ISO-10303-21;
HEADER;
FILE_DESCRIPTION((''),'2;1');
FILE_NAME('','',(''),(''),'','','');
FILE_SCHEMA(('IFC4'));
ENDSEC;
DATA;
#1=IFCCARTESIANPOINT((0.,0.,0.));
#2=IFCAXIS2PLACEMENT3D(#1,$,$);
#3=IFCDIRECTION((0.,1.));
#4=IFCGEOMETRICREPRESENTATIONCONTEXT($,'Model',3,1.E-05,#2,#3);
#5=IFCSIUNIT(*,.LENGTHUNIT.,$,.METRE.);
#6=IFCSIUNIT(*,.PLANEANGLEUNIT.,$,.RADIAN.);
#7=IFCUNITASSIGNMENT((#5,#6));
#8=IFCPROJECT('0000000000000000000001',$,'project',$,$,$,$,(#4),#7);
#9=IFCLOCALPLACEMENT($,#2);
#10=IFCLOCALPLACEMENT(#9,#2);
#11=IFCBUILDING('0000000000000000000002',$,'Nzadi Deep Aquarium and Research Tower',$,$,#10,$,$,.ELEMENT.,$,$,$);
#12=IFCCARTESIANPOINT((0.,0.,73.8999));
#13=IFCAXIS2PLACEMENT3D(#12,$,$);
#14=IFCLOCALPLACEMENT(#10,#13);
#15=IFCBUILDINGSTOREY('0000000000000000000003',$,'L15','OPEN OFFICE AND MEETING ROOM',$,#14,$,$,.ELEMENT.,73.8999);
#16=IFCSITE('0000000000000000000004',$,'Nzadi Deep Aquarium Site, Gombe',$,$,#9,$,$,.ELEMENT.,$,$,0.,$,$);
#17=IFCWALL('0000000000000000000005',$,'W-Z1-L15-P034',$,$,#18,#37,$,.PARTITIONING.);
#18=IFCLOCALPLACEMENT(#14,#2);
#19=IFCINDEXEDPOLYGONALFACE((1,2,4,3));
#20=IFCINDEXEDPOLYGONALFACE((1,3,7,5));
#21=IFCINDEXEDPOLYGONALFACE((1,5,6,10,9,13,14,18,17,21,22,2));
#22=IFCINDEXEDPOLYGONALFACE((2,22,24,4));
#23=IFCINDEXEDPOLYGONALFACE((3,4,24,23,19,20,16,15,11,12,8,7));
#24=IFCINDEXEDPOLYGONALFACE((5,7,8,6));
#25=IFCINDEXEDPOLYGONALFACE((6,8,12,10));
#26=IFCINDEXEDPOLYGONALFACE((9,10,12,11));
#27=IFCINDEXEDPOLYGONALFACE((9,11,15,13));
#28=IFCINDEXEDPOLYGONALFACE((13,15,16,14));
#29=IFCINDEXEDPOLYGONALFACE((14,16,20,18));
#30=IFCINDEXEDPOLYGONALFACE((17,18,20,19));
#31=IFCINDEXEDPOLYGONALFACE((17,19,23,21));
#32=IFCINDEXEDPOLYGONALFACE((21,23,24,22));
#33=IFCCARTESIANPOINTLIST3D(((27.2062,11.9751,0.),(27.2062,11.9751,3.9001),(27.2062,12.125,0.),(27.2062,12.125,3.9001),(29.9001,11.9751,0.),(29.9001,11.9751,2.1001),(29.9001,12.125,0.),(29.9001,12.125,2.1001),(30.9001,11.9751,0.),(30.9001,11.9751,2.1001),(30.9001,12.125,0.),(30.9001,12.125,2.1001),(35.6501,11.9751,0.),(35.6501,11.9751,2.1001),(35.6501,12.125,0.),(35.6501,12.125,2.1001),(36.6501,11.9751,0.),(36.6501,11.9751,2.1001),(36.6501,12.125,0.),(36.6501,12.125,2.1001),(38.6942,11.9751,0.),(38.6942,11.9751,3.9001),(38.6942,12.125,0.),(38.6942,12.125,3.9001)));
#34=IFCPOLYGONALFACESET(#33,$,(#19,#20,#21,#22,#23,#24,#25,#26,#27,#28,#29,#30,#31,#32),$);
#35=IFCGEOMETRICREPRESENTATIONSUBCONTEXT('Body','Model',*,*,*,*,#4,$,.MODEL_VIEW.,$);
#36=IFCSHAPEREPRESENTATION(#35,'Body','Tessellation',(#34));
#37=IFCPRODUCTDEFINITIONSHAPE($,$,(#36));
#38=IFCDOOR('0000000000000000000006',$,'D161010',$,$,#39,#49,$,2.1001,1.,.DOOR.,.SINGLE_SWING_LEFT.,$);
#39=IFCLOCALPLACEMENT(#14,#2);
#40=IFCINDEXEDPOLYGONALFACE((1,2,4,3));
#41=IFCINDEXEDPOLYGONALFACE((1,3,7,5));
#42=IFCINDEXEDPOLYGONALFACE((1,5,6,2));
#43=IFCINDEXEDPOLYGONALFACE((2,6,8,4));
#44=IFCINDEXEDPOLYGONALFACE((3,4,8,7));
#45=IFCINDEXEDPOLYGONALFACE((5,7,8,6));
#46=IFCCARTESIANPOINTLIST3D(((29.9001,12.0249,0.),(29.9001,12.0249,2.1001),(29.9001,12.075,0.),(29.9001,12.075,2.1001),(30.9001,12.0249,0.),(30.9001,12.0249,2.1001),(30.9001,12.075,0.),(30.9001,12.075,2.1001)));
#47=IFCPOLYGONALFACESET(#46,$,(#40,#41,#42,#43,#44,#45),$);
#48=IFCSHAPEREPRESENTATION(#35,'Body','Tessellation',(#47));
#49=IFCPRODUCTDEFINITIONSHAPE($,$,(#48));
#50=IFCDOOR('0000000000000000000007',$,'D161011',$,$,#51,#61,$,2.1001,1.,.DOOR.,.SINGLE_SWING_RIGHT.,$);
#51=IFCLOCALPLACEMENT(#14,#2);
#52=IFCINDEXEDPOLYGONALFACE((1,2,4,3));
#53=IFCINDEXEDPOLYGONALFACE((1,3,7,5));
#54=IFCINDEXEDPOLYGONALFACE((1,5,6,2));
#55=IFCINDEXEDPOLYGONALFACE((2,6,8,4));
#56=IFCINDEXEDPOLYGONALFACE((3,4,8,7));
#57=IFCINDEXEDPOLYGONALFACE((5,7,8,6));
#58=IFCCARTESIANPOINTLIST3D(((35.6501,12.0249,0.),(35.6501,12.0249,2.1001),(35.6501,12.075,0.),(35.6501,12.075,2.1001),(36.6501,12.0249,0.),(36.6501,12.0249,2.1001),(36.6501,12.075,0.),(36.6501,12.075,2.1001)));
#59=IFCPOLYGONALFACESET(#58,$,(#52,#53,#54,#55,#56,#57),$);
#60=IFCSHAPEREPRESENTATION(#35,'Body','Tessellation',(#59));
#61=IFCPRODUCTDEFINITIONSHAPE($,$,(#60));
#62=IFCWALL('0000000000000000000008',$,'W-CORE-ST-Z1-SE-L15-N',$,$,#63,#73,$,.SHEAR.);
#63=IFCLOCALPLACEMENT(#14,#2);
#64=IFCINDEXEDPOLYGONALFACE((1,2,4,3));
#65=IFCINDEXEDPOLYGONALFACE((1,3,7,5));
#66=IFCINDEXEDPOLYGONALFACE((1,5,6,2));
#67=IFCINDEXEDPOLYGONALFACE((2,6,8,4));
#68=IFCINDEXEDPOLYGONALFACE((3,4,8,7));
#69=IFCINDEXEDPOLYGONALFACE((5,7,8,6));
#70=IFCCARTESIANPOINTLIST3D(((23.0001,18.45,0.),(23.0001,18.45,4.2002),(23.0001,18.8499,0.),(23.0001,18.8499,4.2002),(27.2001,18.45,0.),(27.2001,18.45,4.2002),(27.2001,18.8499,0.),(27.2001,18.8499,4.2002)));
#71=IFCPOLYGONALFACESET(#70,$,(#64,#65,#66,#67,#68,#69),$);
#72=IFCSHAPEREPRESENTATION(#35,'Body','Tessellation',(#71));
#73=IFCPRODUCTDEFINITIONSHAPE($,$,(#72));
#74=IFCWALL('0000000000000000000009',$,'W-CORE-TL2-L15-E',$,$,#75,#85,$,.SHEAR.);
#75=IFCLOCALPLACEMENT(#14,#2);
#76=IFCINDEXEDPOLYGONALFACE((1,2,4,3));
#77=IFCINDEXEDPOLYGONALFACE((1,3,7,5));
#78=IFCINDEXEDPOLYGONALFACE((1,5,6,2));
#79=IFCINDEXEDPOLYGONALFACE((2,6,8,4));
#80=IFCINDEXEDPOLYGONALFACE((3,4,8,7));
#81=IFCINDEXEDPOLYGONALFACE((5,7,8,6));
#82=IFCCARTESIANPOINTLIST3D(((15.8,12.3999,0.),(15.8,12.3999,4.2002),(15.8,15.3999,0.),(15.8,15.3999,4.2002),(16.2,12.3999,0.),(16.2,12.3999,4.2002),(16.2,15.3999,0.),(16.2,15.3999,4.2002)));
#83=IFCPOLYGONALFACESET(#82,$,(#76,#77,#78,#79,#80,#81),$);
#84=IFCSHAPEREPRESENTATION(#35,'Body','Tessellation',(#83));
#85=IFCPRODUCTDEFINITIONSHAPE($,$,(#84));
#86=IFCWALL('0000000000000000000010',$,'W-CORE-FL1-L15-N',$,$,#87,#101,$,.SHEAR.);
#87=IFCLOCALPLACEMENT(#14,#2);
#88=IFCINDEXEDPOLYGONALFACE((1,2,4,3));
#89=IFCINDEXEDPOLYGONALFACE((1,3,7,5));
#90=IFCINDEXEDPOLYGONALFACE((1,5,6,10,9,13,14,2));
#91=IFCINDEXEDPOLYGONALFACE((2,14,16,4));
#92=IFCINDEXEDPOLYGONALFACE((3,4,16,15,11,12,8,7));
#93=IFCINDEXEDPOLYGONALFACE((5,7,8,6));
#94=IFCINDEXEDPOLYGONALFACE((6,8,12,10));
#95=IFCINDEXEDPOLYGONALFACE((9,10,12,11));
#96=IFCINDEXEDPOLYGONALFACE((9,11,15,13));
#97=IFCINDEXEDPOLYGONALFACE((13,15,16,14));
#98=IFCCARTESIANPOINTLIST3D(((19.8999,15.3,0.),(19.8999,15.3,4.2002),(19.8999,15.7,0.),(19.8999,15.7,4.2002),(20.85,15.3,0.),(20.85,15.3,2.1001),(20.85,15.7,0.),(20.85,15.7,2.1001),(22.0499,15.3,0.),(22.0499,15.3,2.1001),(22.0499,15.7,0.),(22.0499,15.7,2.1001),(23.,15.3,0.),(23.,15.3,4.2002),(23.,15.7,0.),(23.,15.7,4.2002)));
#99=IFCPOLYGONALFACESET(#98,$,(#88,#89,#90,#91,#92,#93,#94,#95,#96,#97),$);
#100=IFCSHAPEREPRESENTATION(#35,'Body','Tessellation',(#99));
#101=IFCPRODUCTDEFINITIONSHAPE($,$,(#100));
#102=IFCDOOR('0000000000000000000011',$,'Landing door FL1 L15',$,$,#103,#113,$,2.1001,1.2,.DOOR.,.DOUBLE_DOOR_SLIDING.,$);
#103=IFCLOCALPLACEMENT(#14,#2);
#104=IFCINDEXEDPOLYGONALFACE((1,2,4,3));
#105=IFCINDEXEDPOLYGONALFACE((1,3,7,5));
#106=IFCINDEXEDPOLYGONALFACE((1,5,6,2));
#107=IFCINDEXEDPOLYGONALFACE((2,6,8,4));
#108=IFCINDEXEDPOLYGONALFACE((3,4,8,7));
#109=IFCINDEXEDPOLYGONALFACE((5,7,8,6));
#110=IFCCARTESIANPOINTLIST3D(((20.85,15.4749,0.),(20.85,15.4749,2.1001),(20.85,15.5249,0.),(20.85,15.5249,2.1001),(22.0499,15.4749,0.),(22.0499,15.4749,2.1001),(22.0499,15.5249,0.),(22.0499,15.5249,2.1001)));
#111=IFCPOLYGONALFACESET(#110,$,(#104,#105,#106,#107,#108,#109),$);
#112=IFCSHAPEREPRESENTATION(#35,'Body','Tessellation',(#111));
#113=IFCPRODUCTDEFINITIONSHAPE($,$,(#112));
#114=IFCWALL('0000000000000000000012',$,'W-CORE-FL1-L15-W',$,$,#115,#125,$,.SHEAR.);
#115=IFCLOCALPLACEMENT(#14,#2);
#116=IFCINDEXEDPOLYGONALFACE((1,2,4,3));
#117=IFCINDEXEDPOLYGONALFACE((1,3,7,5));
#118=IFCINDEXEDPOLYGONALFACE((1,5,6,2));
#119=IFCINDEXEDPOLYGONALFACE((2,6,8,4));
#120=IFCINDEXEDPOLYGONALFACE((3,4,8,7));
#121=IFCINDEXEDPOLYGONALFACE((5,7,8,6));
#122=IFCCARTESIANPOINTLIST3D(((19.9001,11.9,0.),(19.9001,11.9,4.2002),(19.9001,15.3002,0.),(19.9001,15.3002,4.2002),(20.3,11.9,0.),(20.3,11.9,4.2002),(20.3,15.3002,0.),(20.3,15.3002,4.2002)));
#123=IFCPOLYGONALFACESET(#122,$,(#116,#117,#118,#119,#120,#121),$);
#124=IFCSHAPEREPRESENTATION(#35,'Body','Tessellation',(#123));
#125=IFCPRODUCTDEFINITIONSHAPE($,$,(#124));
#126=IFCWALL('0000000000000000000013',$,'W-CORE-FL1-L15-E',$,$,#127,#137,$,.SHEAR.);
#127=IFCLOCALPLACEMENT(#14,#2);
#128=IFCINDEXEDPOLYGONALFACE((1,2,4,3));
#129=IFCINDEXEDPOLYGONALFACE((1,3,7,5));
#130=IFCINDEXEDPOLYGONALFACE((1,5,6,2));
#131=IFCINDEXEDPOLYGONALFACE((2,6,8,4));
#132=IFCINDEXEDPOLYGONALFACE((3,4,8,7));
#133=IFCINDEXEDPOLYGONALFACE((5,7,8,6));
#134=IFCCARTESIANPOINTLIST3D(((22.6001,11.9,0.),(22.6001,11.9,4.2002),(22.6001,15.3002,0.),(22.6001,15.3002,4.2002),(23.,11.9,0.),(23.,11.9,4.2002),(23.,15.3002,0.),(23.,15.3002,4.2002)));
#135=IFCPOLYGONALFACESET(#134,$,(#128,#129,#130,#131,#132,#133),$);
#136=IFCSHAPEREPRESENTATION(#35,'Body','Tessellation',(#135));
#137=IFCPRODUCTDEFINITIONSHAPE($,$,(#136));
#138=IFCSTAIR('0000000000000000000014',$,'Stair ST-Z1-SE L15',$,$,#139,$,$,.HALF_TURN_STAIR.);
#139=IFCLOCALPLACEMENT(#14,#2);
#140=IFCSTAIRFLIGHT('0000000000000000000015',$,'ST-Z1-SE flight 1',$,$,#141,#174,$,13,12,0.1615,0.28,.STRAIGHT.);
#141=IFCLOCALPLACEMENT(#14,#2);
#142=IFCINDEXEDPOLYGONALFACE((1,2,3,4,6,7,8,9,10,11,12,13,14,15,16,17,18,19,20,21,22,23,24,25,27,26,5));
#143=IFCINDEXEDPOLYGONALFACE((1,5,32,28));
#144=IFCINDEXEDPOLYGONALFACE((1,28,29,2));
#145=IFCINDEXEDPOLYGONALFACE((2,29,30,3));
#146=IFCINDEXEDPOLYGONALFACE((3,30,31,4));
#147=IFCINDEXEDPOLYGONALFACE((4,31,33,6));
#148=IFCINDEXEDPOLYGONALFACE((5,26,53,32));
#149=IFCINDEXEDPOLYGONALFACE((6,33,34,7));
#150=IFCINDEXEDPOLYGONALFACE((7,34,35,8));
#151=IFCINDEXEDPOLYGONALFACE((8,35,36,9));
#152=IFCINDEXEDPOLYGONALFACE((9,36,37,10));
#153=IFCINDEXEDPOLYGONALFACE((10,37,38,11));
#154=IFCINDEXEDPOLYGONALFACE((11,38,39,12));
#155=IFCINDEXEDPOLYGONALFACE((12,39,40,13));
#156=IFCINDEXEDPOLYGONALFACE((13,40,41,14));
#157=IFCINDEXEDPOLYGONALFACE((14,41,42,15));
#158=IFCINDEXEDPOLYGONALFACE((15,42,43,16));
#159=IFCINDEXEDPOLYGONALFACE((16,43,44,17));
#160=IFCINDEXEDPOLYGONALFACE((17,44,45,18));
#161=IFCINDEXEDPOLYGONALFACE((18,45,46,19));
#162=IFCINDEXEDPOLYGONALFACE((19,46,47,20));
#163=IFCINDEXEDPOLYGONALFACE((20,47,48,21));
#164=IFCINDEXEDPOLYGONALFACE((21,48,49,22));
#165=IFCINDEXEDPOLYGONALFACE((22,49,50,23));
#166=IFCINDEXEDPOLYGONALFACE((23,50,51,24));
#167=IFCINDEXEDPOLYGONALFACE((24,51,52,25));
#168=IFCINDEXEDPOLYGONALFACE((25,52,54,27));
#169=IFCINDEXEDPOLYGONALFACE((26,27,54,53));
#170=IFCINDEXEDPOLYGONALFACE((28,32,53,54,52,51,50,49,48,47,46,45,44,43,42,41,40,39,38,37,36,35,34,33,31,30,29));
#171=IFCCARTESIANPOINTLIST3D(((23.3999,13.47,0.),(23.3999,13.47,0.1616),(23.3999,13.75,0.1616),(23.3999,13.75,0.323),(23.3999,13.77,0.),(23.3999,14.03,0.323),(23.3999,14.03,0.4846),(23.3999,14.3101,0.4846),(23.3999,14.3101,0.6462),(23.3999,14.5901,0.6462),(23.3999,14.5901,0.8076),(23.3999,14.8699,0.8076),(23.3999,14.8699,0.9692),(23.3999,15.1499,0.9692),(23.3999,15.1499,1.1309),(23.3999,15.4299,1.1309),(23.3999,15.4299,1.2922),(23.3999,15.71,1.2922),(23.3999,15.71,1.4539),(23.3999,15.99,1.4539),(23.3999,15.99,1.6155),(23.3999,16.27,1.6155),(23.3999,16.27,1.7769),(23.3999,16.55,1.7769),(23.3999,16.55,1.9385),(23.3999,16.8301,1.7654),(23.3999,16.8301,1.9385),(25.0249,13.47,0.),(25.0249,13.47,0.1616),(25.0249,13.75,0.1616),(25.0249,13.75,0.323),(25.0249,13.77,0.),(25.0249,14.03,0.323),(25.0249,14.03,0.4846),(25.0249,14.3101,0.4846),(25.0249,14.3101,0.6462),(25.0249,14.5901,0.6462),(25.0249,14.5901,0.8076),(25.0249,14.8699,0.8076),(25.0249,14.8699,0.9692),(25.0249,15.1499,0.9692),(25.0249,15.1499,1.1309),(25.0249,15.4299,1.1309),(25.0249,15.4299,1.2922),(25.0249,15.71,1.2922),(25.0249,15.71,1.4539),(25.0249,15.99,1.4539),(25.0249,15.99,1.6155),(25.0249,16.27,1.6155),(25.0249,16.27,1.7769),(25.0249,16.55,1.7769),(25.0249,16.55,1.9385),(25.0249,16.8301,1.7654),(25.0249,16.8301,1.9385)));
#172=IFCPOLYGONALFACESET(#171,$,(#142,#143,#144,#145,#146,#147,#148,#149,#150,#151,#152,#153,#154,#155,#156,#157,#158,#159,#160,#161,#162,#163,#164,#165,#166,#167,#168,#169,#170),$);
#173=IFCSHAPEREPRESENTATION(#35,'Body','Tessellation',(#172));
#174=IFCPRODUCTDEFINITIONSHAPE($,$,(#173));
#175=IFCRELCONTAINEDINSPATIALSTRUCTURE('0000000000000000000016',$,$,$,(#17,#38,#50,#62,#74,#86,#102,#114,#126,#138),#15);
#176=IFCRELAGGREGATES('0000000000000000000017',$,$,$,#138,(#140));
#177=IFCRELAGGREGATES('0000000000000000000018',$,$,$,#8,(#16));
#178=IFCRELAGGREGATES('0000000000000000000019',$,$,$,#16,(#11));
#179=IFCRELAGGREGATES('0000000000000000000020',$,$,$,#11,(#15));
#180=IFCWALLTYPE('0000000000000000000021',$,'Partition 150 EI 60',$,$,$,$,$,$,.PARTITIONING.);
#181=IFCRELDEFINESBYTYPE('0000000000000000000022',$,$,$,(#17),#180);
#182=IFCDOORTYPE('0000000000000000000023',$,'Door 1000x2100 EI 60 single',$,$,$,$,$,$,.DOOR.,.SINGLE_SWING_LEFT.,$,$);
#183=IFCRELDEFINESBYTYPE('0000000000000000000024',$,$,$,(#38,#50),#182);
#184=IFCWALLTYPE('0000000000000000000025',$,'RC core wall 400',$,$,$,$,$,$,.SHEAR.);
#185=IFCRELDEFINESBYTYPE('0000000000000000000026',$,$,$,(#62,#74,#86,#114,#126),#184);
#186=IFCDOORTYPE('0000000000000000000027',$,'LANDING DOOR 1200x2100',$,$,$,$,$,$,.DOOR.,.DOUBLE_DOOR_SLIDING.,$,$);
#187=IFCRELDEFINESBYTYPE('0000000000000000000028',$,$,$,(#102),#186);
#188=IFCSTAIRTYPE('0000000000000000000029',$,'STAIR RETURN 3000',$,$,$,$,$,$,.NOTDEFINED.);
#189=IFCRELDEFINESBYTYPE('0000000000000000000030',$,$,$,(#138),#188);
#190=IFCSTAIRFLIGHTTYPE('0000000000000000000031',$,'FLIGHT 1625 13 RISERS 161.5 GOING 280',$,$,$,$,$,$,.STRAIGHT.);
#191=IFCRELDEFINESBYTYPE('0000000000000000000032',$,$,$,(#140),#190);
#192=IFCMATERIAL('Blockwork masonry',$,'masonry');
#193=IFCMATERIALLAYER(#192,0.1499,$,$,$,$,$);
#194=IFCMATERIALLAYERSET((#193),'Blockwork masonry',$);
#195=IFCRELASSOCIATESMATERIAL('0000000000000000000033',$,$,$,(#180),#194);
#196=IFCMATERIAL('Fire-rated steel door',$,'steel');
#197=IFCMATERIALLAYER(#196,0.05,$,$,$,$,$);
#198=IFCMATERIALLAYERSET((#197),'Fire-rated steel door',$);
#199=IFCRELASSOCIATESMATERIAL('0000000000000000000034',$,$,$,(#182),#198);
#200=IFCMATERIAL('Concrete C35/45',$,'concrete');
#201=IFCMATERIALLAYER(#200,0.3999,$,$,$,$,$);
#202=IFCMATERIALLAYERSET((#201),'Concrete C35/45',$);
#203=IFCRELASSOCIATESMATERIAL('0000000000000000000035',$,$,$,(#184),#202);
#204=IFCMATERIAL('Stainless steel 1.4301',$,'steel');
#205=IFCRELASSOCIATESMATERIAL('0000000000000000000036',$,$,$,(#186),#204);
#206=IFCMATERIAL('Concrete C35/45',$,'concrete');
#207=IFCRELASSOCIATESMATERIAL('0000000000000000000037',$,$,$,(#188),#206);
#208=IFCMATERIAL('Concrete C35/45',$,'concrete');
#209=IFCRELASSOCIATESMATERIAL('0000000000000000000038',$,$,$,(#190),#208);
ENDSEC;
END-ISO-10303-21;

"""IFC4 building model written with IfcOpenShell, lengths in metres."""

from ifc_helpers import new_model, si_unit, direction, frame, frame_2d, origin, place, context, subcontext, project, spatial, polyline, rectangle, outline, extrude, material, layer, layer_set, type_object, element, fill, aggregate, save


model = new_model("IFC4")

# Units and contexts
model_context = context("Model", 3, precision=1e-05, world=origin(), true_north=direction((0.0, 1.0)))
body_context = subcontext(model_context, "Body", "Model", "MODEL_VIEW")
ifc_project = project(units=[si_unit("LENGTHUNIT", "METRE"), si_unit("PLANEANGLEUNIT", "RADIAN")], contexts=[model_context])

# Site, building, storey
site_placement = place(None, origin())
site = spatial("IfcSite", under=ifc_project, at=site_placement, Name="Nzadi Deep Aquarium Site, Gombe", CompositionType="ELEMENT", RefElevation=0.0)
building_placement = place(site_placement, origin())
building = spatial("IfcBuilding", under=site, at=building_placement, Name="Nzadi Deep Aquarium and Research Tower", CompositionType="ELEMENT")
storey_placement = place(building_placement, frame((0.0, 0.0, 73.8999)))
storey = spatial("IfcBuildingStorey", under=building, at=storey_placement, Name="L15", Description="OPEN OFFICE AND MEETING ROOM", CompositionType="ELEMENT", Elevation=73.8999)

# Wall, openings, doors
ifc_material_1 = material(Name="Blockwork masonry", Category="masonry")
ifc_layer_1 = layer(ifc_material_1, 0.1499)
ifc_layer_set_1 = layer_set([ifc_layer_1], Name="Blockwork masonry")
wall_type_1 = type_object("IfcWallType", Name="Partition 150 EI 60", PredefinedType="PARTITIONING", material=ifc_layer_set_1)
wall_1_placement = place(storey_placement, frame((27.2061, 12.05, 0.0), z_axis=(0.0, 0.0, 1.0), x_axis=(1.0, 0.0, 0.0)))
wall_1 = element("IfcWall", 1, at=wall_1_placement, inside=storey, type_object=wall_type_1, Name="W-Z1-L15-P034", PredefinedType="PARTITIONING", context=body_context, shape_type="SweptSolid", body=[
    extrude(rectangle(XDim=11.488, YDim=0.1499, at=frame_2d((5.7441, 0.0))), origin(), (0.0, 0.0, 1.0), 3.9001),
])
opening_1_placement = place(wall_1_placement, frame((2.6941, 0.0, 0.0)))
opening_1 = element("IfcOpeningElement", 2, at=opening_1_placement, cuts=wall_1, PredefinedType="OPENING", context=body_context, shape_type="SweptSolid", body=[
    extrude(rectangle(XDim=1.0, YDim=2.1001, at=frame_2d((0.5, 1.05))), frame((0.0, 0.085, 0.0), z_axis=(0.0, -1.0, 0.0), x_axis=(1.0, 0.0, 0.0)), (0.0, 0.0, 1.0), 0.1699),
])
opening_2_placement = place(wall_1_placement, frame((8.4441, 0.0, 0.0)))
opening_2 = element("IfcOpeningElement", 3, at=opening_2_placement, cuts=wall_1, PredefinedType="OPENING", context=body_context, shape_type="SweptSolid", body=[
    extrude(rectangle(XDim=1.0, YDim=2.1001, at=frame_2d((0.5, 1.05))), frame((0.0, 0.085, 0.0), z_axis=(0.0, -1.0, 0.0), x_axis=(1.0, 0.0, 0.0)), (0.0, 0.0, 1.0), 0.1699),
])
ifc_material_2 = material(Name="Fire-rated steel door", Category="steel")
ifc_layer_2 = layer(ifc_material_2, 0.05)
ifc_layer_set_2 = layer_set([ifc_layer_2], Name="Fire-rated steel door")
door_type_1 = type_object("IfcDoorType", Name="Door 1000x2100 EI 60 single", OperationType="SINGLE_SWING_LEFT", PredefinedType="DOOR", material=ifc_layer_set_2)
door_1_placement = place(opening_1_placement, origin())
door_1 = element("IfcDoor", 4, at=door_1_placement, inside=storey, type_object=door_type_1, Name="D161010", OperationType="SINGLE_SWING_LEFT", OverallHeight=2.1001, OverallWidth=1.0, PredefinedType="DOOR", context=body_context, shape_type="SweptSolid", body=[
    extrude(rectangle(XDim=1.0, YDim=2.1001, at=frame_2d((0.5, 1.05))), frame((0.0, 0.0249, 0.0), z_axis=(0.0, -1.0, 0.0), x_axis=(1.0, 0.0, 0.0)), (0.0, 0.0, 1.0), 0.05),
])
fill(opening_1, door_1)
door_2_placement = place(opening_2_placement, origin())
door_2 = element("IfcDoor", 5, at=door_2_placement, inside=storey, type_object=door_type_1, Name="D161011", OperationType="SINGLE_SWING_RIGHT", OverallHeight=2.1001, OverallWidth=1.0, PredefinedType="DOOR", context=body_context, shape_type="SweptSolid", body=[
    extrude(rectangle(XDim=1.0, YDim=2.1001, at=frame_2d((0.5, 1.05))), frame((0.0, 0.0249, 0.0), z_axis=(0.0, -1.0, 0.0), x_axis=(1.0, 0.0, 0.0)), (0.0, 0.0, 1.0), 0.05),
])
fill(opening_2, door_2)

# Walls
ifc_material_3 = material(Name="Concrete C35/45", Category="concrete")
ifc_layer_3 = layer(ifc_material_3, 0.3999)
ifc_layer_set_3 = layer_set([ifc_layer_3], Name="Concrete C35/45")
wall_type_2 = type_object("IfcWallType", Name="RC core wall 400", PredefinedType="SHEAR", material=ifc_layer_set_3)
wall_2_placement = place(storey_placement, frame((23.0, 18.6499, 0.0), z_axis=(0.0, 0.0, 1.0), x_axis=(1.0, 0.0, 0.0)))
element("IfcWall", 6, at=wall_2_placement, inside=storey, type_object=wall_type_2, Name="W-CORE-ST-Z1-SE-L15-N", PredefinedType="SHEAR", context=body_context, shape_type="SweptSolid", body=[
    extrude(rectangle(XDim=4.2, YDim=0.3999, at=frame_2d((2.1001, 0.0))), origin(), (0.0, 0.0, 1.0), 4.2002),
])
wall_3_placement = place(storey_placement, frame((16.0, 12.3999, 0.0), z_axis=(0.0, 0.0, 1.0), x_axis=(0.0, 1.0, 0.0)))
element("IfcWall", 7, at=wall_3_placement, inside=storey, type_object=wall_type_2, Name="W-CORE-TL2-L15-E", PredefinedType="SHEAR", context=body_context, shape_type="SweptSolid", body=[
    extrude(rectangle(XDim=3.0, YDim=0.3999, at=frame_2d((1.5, 0.0))), origin(), (0.0, 0.0, 1.0), 4.2002),
])

# Wall, opening, door
wall_4_placement = place(storey_placement, frame((19.8999, 15.5, 0.0), z_axis=(0.0, 0.0, 1.0), x_axis=(1.0, 0.0, 0.0)))
wall_4 = element("IfcWall", 8, at=wall_4_placement, inside=storey, type_object=wall_type_2, Name="W-CORE-FL1-L15-N", PredefinedType="SHEAR", context=body_context, shape_type="SweptSolid", body=[
    extrude(rectangle(XDim=3.1001, YDim=0.3999, at=frame_2d((1.55, 0.0))), origin(), (0.0, 0.0, 1.0), 4.2002),
])
opening_3_placement = place(wall_4_placement, frame((0.95, 0.0, 0.0)))
opening_3 = element("IfcOpeningElement", 9, at=opening_3_placement, cuts=wall_4, PredefinedType="OPENING", context=body_context, shape_type="SweptSolid", body=[
    extrude(rectangle(XDim=1.2, YDim=2.1001, at=frame_2d((0.6001, 1.05))), frame((0.0, 0.21, 0.0), z_axis=(0.0, -1.0, 0.0), x_axis=(1.0, 0.0, 0.0)), (0.0, 0.0, 1.0), 0.4199),
])
ifc_material_4 = material(Name="Stainless steel 1.4301", Category="steel")
door_type_2 = type_object("IfcDoorType", Name="LANDING DOOR 1200x2100", OperationType="DOUBLE_DOOR_SLIDING", PredefinedType="DOOR", material=ifc_material_4)
door_3_placement = place(opening_3_placement, origin())
door_3 = element("IfcDoor", 10, at=door_3_placement, inside=storey, type_object=door_type_2, Name="Landing door FL1 L15", OperationType="DOUBLE_DOOR_SLIDING", OverallHeight=2.1001, OverallWidth=1.2, PredefinedType="DOOR", context=body_context, shape_type="SweptSolid", body=[
    extrude(rectangle(XDim=1.2, YDim=2.1001, at=frame_2d((0.6001, 1.05))), frame((0.0, 0.0249, 0.0), z_axis=(0.0, -1.0, 0.0), x_axis=(1.0, 0.0, 0.0)), (0.0, 0.0, 1.0), 0.05),
])
fill(opening_3, door_3)

# Walls
for number, where, z_axis, x_axis, name in (
    (11, (20.1001, 11.8999, 0.0), (0.0, 0.0, 1.0), (0.0, 1.0, 0.0), "W-CORE-FL1-L15-W"),
    (12, (22.8, 11.8999, 0.0), (0.0, 0.0, 1.0), (0.0, 1.0, 0.0), "W-CORE-FL1-L15-E"),
):
    element("IfcWall", number, at=place(storey_placement, frame(where, z_axis=z_axis, x_axis=x_axis)), inside=storey, type_object=wall_type_2, Name=name, PredefinedType="SHEAR", context=body_context, shape_type="SweptSolid", body=[
        extrude(rectangle(XDim=3.4001, YDim=0.3999, at=frame_2d((1.7002, 0.0))), origin(), (0.0, 0.0, 1.0), 4.2002),
    ])

# Stair, stair flight
ifc_material_5 = material(Name="Concrete C35/45", Category="concrete")
stair_type = type_object("IfcStairType", Name="STAIR RETURN 3000", PredefinedType="NOTDEFINED", material=ifc_material_5)
stair_placement = place(storey_placement, origin())
stair = element("IfcStair", 13, at=stair_placement, inside=storey, type_object=stair_type, Name="Stair ST-Z1-SE L15", PredefinedType="HALF_TURN_STAIR")
ifc_material_6 = material(Name="Concrete C35/45", Category="concrete")
stair_flight_type = type_object("IfcStairFlightType", Name="FLIGHT 1625 13 RISERS 161.5 GOING 280", PredefinedType="STRAIGHT", material=ifc_material_6)
stair_flight_1_placement = place(storey_placement, frame((24.2124, 13.47, 0.0), z_axis=(0.0, 0.0, 1.0), x_axis=(0.0, 1.0, 0.0)))
stair_flight_1 = element("IfcStairFlight", 14, at=stair_flight_1_placement, type_object=stair_flight_type, Name="ST-Z1-SE flight 1", NumberOfRisers=13, NumberOfTreads=12, PredefinedType="STRAIGHT", RiserHeight=0.1615, TreadLength=0.28, context=body_context, shape_type="SweptSolid", body=[
    extrude(outline(polyline([(0.0, 0.0), (0.0, 0.1616), (0.28, 0.1616), (0.28, 0.323), (0.5601, 0.323), (0.5601, 0.4846), (0.8401, 0.4846), (0.8401, 0.6462), (1.1201, 0.6462), (1.1201, 0.8076), (1.3999, 0.8076), (1.3999, 0.9692), (1.6799, 0.9692), (1.6799, 1.1309), (1.96, 1.1309), (1.96, 1.2922), (2.24, 1.2922), (2.24, 1.4539), (2.52, 1.4539), (2.52, 1.6155), (2.8, 1.6155), (2.8, 1.7769), (3.0801, 1.7769), (3.0801, 1.9385), (3.3601, 1.9385), (3.3601, 2.1001), (3.3601, 1.7654), (0.3, 0.0), (0.0, 0.0)])), frame((0.0, 0.8125, 0.0), z_axis=(0.0, -1.0, 0.0), x_axis=(1.0, 0.0, 0.0)), (0.0, 0.0, 1.0), 1.625),
])
aggregate(stair, [stair_flight_1])

save(model, "model.ifc")
